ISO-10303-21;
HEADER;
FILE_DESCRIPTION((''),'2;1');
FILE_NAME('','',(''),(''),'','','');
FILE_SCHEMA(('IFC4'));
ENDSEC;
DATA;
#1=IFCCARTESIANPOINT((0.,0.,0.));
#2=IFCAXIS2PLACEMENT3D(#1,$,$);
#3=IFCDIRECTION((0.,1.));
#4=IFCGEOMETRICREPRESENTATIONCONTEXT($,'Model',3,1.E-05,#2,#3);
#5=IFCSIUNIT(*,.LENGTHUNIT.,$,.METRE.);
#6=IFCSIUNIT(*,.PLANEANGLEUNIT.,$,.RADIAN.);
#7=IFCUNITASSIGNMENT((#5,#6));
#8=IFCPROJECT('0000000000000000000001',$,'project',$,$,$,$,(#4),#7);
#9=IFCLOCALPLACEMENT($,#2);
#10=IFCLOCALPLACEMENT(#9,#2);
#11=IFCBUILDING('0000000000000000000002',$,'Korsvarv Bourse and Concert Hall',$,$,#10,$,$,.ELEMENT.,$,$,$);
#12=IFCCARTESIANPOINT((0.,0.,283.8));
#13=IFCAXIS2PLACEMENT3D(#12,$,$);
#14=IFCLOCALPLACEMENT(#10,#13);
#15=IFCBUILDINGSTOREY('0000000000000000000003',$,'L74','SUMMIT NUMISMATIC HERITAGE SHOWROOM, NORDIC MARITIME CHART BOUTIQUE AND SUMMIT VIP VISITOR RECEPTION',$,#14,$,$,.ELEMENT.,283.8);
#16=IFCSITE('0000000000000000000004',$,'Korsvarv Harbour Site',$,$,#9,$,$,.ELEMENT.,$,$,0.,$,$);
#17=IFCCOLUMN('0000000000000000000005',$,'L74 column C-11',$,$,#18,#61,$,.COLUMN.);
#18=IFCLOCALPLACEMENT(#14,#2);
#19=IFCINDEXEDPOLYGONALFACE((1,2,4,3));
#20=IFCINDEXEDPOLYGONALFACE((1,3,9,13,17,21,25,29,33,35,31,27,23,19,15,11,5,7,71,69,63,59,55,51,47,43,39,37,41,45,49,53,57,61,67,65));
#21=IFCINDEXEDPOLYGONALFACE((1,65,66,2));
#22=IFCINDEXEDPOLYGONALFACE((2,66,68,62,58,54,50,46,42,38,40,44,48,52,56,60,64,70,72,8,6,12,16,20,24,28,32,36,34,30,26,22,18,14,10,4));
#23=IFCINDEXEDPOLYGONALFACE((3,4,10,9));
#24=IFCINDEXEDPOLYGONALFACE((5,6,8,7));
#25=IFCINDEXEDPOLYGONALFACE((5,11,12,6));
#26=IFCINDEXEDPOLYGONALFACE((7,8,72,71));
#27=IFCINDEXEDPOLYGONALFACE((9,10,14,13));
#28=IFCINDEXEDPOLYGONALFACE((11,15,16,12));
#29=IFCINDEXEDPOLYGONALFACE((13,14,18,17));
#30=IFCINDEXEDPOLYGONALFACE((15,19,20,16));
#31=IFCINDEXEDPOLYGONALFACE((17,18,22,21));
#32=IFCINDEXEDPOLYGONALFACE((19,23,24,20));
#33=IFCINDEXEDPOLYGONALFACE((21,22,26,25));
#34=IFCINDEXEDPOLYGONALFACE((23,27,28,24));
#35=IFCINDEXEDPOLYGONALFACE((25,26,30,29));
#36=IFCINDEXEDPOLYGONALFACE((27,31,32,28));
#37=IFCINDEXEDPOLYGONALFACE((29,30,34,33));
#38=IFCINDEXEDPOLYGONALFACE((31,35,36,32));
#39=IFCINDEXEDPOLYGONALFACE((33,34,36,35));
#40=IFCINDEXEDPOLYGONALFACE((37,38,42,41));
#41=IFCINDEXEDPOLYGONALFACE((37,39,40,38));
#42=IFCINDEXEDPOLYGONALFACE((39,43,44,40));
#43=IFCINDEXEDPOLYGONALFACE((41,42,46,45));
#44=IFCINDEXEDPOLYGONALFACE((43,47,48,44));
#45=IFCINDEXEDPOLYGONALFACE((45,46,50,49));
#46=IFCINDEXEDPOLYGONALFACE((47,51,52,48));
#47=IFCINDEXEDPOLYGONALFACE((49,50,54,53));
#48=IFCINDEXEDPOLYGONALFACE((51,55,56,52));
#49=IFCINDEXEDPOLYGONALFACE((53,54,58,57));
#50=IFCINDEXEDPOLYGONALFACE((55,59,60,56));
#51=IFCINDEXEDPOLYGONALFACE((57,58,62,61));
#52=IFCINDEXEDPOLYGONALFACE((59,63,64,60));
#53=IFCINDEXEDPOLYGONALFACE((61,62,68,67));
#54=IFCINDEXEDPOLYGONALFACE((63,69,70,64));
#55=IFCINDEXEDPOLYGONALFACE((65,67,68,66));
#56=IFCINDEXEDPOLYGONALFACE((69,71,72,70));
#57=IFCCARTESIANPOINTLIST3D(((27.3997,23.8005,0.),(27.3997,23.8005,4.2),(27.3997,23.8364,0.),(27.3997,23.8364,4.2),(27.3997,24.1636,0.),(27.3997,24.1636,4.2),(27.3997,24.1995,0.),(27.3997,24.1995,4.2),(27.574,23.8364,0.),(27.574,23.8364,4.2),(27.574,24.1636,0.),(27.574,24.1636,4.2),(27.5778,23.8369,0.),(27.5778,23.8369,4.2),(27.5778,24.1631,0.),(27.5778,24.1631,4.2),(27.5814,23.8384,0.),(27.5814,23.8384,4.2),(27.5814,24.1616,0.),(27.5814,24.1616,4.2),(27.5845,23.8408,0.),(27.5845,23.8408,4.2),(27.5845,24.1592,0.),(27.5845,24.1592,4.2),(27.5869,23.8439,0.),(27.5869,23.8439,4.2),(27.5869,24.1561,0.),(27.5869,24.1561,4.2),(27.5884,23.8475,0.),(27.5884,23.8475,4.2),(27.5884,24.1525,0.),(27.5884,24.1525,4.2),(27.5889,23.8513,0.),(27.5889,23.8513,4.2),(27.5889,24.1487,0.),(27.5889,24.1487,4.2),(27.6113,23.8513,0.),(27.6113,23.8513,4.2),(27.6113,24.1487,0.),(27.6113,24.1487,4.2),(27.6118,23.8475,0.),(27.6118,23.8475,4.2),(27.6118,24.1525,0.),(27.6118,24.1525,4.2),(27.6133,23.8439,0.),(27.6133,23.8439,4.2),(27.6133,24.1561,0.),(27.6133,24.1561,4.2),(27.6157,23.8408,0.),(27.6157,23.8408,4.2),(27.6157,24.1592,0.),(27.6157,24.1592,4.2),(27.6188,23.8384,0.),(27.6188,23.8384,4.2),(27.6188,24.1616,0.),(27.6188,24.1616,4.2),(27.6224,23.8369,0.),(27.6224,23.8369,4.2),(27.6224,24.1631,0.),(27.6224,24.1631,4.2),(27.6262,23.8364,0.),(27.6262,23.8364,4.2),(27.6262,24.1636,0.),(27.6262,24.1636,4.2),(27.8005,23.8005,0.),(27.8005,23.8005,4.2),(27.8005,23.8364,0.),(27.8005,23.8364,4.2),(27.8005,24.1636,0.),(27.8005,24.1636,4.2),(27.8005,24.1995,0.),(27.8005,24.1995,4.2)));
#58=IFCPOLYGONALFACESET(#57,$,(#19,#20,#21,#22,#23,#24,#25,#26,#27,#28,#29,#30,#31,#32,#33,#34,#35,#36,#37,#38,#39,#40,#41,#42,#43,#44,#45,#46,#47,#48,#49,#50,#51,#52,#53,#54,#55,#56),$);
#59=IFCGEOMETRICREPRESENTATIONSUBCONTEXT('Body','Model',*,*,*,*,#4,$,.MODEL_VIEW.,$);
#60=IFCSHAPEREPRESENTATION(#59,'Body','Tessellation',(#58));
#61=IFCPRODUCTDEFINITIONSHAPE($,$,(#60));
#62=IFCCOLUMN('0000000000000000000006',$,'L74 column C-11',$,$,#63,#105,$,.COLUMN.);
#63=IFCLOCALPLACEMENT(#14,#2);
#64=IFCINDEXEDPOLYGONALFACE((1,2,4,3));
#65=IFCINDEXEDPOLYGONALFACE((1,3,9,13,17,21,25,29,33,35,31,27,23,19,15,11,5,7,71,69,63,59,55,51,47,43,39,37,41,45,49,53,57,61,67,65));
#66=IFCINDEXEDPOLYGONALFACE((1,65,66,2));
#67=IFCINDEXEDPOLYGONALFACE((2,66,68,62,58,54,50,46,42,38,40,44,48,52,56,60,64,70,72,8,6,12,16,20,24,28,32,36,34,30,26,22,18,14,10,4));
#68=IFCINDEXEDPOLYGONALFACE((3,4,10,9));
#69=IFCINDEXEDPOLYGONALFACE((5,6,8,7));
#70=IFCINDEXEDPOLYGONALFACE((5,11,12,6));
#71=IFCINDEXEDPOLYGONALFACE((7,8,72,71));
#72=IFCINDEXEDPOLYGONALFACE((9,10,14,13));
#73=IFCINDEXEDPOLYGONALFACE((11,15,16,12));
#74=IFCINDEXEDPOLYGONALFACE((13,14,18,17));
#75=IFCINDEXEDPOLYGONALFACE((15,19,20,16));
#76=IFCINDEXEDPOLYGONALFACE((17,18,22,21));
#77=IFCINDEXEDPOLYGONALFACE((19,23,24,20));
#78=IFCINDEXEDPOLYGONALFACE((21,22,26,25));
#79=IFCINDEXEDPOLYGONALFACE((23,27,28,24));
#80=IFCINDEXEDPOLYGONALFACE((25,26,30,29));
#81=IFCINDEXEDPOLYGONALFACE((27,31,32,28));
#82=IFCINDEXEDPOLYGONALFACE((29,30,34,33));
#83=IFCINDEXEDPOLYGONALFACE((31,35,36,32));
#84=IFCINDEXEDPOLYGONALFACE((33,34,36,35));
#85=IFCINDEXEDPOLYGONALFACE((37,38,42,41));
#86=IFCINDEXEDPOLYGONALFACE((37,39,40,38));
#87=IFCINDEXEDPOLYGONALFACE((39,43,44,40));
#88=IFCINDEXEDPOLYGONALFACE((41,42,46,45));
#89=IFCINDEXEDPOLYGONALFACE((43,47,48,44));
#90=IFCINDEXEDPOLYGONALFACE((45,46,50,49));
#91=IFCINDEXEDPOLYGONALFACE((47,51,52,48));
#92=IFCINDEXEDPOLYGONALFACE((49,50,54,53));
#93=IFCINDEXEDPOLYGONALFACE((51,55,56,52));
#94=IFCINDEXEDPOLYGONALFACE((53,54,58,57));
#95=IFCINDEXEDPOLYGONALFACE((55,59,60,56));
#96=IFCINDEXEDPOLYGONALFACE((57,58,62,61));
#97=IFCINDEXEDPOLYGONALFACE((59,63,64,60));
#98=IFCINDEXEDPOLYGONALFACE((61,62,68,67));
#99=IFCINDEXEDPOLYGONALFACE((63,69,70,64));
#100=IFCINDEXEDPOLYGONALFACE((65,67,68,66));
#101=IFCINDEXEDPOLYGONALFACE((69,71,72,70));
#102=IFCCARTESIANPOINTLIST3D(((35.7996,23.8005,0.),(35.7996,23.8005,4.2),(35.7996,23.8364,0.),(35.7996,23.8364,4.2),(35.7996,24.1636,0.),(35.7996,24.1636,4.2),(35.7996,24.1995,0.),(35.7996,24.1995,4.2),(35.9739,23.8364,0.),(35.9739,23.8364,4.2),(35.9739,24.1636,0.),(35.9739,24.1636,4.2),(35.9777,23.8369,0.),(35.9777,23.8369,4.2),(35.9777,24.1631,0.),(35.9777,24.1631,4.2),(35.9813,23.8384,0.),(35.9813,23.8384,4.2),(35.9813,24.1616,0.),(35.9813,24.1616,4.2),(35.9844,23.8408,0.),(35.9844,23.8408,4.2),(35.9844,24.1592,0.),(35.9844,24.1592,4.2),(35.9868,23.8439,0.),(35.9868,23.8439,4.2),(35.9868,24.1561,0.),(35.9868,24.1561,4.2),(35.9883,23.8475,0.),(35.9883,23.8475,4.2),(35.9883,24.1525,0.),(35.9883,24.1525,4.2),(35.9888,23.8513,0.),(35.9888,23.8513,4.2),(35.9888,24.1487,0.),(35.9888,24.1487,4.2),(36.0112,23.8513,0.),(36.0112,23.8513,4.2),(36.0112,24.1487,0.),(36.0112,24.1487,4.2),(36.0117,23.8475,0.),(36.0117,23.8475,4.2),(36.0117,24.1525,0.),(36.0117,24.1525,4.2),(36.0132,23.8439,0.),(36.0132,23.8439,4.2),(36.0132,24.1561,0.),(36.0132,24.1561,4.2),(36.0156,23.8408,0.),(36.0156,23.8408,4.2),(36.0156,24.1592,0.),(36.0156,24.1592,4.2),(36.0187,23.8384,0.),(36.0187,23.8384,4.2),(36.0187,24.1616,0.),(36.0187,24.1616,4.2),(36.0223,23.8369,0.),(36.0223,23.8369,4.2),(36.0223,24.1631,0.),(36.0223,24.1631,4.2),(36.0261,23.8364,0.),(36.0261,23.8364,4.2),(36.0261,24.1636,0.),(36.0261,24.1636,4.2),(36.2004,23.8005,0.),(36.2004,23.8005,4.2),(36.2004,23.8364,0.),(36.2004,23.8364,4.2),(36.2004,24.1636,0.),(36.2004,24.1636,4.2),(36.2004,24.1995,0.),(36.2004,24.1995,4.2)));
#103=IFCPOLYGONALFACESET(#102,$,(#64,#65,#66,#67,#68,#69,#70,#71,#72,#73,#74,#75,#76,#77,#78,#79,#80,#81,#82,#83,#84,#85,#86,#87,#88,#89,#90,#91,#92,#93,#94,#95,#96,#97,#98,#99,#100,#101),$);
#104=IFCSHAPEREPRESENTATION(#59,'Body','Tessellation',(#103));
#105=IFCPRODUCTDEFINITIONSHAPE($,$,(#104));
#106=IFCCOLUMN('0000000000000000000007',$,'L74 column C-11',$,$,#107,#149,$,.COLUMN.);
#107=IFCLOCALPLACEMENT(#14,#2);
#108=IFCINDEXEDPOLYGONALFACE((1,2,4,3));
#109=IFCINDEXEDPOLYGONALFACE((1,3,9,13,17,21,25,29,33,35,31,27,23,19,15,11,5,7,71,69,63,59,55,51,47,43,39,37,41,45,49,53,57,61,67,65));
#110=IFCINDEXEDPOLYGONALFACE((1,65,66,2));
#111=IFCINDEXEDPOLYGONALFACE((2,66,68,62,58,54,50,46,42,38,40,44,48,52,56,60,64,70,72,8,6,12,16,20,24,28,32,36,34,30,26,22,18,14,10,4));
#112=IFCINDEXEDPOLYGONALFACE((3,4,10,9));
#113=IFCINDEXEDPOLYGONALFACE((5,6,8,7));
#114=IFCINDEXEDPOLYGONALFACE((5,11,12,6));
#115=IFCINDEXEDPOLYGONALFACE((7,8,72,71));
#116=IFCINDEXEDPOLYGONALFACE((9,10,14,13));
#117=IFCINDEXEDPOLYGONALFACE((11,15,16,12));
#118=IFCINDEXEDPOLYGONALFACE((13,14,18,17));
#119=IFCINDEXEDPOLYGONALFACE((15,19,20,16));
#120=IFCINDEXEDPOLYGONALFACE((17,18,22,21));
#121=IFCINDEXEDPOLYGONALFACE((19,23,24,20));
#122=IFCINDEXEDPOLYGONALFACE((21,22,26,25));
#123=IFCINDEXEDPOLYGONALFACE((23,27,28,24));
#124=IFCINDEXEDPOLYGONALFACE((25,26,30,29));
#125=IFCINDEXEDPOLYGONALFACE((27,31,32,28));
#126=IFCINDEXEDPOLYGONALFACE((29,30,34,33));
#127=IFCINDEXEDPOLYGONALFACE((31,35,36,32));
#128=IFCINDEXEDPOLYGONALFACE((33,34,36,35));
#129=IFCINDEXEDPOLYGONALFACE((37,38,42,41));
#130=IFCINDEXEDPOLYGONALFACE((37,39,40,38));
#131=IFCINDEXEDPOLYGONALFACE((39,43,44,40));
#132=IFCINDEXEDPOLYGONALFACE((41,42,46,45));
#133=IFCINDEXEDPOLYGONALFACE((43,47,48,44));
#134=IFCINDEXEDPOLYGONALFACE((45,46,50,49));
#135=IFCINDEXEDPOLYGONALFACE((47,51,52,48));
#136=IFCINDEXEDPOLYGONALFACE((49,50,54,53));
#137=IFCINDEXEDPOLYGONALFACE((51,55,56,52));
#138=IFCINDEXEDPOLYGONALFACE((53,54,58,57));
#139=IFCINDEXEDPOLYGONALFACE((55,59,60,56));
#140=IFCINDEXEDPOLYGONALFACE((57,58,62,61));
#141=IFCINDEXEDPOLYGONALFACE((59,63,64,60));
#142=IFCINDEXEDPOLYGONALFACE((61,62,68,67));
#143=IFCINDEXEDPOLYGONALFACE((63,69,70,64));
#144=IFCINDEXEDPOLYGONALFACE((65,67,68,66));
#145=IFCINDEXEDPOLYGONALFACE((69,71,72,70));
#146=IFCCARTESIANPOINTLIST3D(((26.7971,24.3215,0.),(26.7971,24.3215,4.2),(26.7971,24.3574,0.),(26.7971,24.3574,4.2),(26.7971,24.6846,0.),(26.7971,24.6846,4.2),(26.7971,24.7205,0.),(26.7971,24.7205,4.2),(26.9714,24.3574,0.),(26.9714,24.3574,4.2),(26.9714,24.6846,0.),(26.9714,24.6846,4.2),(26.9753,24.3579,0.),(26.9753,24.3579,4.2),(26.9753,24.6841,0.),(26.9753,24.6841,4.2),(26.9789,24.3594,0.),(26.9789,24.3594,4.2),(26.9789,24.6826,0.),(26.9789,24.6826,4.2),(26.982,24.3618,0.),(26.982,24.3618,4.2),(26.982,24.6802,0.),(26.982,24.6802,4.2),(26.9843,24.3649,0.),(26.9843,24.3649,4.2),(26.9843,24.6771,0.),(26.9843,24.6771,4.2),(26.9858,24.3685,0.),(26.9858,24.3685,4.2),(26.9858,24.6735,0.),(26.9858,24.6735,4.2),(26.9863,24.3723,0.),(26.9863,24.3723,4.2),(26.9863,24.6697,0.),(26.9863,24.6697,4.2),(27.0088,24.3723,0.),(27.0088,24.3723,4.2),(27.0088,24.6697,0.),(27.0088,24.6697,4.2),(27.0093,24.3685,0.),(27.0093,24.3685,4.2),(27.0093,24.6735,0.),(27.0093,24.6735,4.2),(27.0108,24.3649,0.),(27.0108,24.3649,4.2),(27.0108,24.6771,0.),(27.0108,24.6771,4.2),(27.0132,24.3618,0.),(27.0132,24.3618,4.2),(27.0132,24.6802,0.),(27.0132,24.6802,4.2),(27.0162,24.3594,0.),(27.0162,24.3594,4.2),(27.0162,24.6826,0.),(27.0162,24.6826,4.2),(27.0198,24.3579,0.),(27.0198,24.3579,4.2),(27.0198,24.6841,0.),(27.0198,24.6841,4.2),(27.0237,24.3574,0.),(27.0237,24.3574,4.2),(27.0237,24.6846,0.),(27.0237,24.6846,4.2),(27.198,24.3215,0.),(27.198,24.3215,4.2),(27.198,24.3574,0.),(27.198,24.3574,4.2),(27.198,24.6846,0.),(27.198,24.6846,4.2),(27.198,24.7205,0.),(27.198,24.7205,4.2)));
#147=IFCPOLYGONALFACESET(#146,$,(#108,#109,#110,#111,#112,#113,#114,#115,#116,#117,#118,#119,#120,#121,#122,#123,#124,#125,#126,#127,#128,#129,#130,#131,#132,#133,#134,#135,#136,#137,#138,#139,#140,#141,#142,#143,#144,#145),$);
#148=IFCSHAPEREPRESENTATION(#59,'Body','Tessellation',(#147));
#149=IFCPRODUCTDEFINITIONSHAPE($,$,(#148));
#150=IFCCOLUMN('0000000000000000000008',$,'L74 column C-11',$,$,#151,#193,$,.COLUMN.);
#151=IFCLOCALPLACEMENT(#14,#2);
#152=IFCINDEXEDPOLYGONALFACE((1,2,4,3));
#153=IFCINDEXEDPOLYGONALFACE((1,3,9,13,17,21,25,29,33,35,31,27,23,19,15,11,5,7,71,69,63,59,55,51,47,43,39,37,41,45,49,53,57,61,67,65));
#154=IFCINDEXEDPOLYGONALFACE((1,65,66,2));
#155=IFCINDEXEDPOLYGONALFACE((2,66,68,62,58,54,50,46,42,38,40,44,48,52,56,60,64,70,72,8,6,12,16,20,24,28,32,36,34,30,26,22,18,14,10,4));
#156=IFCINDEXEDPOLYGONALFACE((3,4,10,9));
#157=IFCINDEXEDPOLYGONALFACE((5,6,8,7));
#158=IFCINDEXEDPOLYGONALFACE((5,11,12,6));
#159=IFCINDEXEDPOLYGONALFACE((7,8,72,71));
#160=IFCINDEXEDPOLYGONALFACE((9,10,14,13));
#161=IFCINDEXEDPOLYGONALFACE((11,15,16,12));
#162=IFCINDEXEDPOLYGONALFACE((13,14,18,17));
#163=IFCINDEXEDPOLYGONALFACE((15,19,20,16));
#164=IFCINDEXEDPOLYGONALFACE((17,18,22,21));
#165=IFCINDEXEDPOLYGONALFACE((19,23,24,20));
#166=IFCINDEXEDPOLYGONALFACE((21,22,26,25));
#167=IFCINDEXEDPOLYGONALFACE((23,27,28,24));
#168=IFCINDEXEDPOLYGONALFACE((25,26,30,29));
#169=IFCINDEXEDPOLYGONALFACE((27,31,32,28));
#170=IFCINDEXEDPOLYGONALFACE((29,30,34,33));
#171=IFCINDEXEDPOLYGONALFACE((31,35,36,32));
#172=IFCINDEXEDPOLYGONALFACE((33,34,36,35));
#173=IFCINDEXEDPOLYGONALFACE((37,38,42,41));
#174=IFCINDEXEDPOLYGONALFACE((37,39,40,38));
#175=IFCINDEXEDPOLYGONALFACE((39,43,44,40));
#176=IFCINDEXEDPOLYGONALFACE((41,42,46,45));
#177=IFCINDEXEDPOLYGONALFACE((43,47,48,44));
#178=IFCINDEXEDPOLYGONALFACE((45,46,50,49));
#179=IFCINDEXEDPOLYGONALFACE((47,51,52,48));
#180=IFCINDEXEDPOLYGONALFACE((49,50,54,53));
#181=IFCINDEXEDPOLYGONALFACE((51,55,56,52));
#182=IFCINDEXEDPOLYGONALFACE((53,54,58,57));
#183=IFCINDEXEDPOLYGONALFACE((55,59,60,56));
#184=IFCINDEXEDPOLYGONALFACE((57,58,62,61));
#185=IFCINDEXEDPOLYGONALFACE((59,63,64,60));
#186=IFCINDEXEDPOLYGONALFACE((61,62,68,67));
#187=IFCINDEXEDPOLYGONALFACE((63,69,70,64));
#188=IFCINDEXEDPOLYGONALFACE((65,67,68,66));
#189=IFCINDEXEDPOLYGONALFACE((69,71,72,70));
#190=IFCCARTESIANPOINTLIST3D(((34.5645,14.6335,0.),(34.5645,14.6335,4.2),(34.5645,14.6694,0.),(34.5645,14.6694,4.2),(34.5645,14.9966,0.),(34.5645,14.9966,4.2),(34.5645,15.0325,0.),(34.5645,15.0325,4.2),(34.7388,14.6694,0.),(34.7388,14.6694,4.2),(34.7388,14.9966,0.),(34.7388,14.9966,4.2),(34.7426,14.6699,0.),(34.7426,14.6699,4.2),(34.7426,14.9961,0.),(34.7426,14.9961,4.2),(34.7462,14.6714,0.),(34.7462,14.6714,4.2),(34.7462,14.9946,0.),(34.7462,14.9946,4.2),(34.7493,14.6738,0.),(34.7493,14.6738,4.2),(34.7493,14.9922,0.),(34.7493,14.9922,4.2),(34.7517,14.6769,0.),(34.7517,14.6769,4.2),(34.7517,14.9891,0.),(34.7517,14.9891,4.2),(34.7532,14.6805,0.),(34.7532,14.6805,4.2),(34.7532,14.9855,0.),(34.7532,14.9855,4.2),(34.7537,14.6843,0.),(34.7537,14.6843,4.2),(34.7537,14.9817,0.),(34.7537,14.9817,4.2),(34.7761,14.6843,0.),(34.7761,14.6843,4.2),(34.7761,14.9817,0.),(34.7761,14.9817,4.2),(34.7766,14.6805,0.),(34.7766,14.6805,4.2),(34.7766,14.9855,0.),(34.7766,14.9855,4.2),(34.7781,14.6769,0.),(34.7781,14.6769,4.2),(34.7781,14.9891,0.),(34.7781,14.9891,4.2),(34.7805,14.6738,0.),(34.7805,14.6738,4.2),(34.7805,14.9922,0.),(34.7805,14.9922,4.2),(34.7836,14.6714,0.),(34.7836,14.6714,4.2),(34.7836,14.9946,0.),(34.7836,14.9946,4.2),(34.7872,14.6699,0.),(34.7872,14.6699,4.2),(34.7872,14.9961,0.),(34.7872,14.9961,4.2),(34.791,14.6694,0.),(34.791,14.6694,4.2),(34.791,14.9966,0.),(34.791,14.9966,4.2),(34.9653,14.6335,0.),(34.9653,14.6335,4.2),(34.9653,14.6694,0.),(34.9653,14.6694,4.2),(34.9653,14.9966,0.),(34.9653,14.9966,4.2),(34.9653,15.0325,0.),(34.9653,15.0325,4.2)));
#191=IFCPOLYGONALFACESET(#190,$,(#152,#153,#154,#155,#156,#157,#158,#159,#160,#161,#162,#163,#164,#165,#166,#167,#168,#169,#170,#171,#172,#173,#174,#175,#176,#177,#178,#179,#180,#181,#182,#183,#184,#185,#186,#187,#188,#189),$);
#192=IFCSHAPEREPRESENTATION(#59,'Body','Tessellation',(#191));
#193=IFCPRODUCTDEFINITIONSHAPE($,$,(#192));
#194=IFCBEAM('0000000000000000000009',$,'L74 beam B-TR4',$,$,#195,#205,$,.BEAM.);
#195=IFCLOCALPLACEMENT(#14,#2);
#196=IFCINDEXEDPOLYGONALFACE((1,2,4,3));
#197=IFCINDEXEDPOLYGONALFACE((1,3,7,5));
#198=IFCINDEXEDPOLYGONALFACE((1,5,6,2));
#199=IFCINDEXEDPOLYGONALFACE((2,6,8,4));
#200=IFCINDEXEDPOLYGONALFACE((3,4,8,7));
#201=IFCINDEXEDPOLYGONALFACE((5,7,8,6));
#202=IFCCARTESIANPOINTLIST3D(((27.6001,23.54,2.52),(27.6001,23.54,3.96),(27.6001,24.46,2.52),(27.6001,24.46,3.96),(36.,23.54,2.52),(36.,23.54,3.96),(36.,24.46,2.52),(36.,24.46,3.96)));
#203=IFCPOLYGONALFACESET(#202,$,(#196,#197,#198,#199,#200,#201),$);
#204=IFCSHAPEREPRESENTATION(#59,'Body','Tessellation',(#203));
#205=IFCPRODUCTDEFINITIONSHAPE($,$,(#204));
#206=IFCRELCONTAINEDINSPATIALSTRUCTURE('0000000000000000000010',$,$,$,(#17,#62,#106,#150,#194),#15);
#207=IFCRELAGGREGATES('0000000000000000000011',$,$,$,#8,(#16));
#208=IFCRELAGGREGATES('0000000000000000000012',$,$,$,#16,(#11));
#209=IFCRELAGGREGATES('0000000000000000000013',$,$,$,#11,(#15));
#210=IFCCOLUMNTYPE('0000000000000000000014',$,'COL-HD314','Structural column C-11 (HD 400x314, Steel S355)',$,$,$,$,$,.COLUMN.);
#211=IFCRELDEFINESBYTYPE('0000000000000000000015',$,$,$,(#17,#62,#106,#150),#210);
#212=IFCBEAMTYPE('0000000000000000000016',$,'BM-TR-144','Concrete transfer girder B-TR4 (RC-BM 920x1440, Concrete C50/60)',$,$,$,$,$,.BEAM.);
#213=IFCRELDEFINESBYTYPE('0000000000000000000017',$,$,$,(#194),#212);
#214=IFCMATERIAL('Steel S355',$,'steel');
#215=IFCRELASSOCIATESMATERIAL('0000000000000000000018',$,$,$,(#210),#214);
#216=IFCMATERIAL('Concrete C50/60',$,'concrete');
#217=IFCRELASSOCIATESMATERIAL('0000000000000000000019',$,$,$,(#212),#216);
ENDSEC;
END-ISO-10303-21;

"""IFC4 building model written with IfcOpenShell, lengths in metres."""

from ifc_helpers import new_model, si_unit, direction, frame, origin, origin_2d, place, context, subcontext, project, spatial, rectangle, i_section, extrude, source, transform, mapped, material, material_profile, profile_set, type_object, element, save


model = new_model("IFC4")

# Units and contexts
model_context = context("Model", 3, precision=1e-05, world=origin(), true_north=direction((0.0, 1.0)))
body_context = subcontext(model_context, "Body", "Model", "MODEL_VIEW")
ifc_project = project(units=[si_unit("LENGTHUNIT", "METRE"), si_unit("PLANEANGLEUNIT", "RADIAN")], contexts=[model_context])

# Site, building, storey
site_placement = place(None, origin())
site = spatial("IfcSite", under=ifc_project, at=site_placement, Name="Korsvarv Harbour Site", CompositionType="ELEMENT", RefElevation=0.0)
building_placement = place(site_placement, origin())
building = spatial("IfcBuilding", under=site, at=building_placement, Name="Korsvarv Bourse and Concert Hall", CompositionType="ELEMENT")
storey_placement = place(building_placement, frame((0.0, 0.0, 283.8)))
storey = spatial("IfcBuildingStorey", under=building, at=storey_placement, Name="L74", Description="SUMMIT NUMISMATIC HERITAGE SHOWROOM, NORDIC MARITIME CHART BOUTIQUE AND SUMMIT VIP VISITOR RECEPTION", CompositionType="ELEMENT", Elevation=283.8)

# Columns
ifc_material_1 = material(Name="Steel S355", Category="steel")
ifc_material_profile_1 = material_profile(ifc_material_1, i_section(OverallWidth=0.4009, OverallDepth=0.3989, WebThickness=0.0225, FlangeThickness=0.0359, FilletRadius=0.0149, at=origin_2d()), Name="HD 400x314")
ifc_profile_set_1 = profile_set([ifc_material_profile_1], Name="Steel S355")
column_type = type_object("IfcColumnType", Name="COL-HD314", Description="Structural column C-11 (HD 400x314, Steel S355)", PredefinedType="COLUMN", material=ifc_profile_set_1)
shared_shape_1 = source(origin(), body_context, "Body", "SweptSolid", [
    extrude(i_section(OverallWidth=0.4009, OverallDepth=0.3989, WebThickness=0.0225, FlangeThickness=0.0359, FilletRadius=0.0149, at=origin_2d()), origin(), (0.0, 0.0, 1.0), 4.2),
])
for number, where, z_axis, x_axis, name in (
    (1, (27.6001, 24.0, 0.0), (0.0, 0.0, 1.0), (1.0, 0.0, 0.0), "L74 column C-11"),
    (2, (36.0, 24.0, 0.0), (0.0, 0.0, 1.0), (1.0, 0.0, 0.0), "L74 column C-11"),
    (3, (26.9976, 24.521, 0.0), (0.0, 0.0, 1.0), (1.0, 0.0, 0.0), "L74 column C-11"),
    (4, (34.7649, 14.833, 0.0), (0.0, 0.0, 1.0), (1.0, 0.0, 0.0), "L74 column C-11"),
):
    element("IfcColumn", number, at=place(storey_placement, frame(where, z_axis=z_axis, x_axis=x_axis)), inside=storey, type_object=column_type, Name=name, PredefinedType="COLUMN", context=body_context, shape_type="MappedRepresentation", body=[
        mapped(shared_shape_1, transform((0.0, 0.0, 0.0), scale=1.0)),
    ])

# Beam
ifc_material_2 = material(Name="Concrete C50/60", Category="concrete")
ifc_material_profile_2 = material_profile(ifc_material_2, rectangle(XDim=0.9199, YDim=1.4399, at=origin_2d()), Name="RC-BM 920x1440")
ifc_profile_set_2 = profile_set([ifc_material_profile_2], Name="Concrete C50/60")
beam_type = type_object("IfcBeamType", Name="BM-TR-144", Description="Concrete transfer girder B-TR4 (RC-BM 920x1440, Concrete C50/60)", PredefinedType="BEAM", material=ifc_profile_set_2)
shared_shape_2 = source(origin(), body_context, "Body", "SweptSolid", [
    extrude(rectangle(XDim=0.9199, YDim=1.4399, at=origin_2d()), origin(), (0.0, 0.0, 1.0), 8.3999),
])
for number, where, z_axis, x_axis, name in (
    (5, (27.6001, 24.0, 3.24), (1.0, 0.0, 0.0), (0.0, 1.0, 0.0), "L74 beam B-TR4"),
):
    element("IfcBeam", number, at=place(storey_placement, frame(where, z_axis=z_axis, x_axis=x_axis)), inside=storey, type_object=beam_type, Name=name, PredefinedType="BEAM", context=body_context, shape_type="MappedRepresentation", body=[
        mapped(shared_shape_2, transform((0.0, 0.0, 0.0), scale=1.0)),
    ])

save(model, "model.ifc")
